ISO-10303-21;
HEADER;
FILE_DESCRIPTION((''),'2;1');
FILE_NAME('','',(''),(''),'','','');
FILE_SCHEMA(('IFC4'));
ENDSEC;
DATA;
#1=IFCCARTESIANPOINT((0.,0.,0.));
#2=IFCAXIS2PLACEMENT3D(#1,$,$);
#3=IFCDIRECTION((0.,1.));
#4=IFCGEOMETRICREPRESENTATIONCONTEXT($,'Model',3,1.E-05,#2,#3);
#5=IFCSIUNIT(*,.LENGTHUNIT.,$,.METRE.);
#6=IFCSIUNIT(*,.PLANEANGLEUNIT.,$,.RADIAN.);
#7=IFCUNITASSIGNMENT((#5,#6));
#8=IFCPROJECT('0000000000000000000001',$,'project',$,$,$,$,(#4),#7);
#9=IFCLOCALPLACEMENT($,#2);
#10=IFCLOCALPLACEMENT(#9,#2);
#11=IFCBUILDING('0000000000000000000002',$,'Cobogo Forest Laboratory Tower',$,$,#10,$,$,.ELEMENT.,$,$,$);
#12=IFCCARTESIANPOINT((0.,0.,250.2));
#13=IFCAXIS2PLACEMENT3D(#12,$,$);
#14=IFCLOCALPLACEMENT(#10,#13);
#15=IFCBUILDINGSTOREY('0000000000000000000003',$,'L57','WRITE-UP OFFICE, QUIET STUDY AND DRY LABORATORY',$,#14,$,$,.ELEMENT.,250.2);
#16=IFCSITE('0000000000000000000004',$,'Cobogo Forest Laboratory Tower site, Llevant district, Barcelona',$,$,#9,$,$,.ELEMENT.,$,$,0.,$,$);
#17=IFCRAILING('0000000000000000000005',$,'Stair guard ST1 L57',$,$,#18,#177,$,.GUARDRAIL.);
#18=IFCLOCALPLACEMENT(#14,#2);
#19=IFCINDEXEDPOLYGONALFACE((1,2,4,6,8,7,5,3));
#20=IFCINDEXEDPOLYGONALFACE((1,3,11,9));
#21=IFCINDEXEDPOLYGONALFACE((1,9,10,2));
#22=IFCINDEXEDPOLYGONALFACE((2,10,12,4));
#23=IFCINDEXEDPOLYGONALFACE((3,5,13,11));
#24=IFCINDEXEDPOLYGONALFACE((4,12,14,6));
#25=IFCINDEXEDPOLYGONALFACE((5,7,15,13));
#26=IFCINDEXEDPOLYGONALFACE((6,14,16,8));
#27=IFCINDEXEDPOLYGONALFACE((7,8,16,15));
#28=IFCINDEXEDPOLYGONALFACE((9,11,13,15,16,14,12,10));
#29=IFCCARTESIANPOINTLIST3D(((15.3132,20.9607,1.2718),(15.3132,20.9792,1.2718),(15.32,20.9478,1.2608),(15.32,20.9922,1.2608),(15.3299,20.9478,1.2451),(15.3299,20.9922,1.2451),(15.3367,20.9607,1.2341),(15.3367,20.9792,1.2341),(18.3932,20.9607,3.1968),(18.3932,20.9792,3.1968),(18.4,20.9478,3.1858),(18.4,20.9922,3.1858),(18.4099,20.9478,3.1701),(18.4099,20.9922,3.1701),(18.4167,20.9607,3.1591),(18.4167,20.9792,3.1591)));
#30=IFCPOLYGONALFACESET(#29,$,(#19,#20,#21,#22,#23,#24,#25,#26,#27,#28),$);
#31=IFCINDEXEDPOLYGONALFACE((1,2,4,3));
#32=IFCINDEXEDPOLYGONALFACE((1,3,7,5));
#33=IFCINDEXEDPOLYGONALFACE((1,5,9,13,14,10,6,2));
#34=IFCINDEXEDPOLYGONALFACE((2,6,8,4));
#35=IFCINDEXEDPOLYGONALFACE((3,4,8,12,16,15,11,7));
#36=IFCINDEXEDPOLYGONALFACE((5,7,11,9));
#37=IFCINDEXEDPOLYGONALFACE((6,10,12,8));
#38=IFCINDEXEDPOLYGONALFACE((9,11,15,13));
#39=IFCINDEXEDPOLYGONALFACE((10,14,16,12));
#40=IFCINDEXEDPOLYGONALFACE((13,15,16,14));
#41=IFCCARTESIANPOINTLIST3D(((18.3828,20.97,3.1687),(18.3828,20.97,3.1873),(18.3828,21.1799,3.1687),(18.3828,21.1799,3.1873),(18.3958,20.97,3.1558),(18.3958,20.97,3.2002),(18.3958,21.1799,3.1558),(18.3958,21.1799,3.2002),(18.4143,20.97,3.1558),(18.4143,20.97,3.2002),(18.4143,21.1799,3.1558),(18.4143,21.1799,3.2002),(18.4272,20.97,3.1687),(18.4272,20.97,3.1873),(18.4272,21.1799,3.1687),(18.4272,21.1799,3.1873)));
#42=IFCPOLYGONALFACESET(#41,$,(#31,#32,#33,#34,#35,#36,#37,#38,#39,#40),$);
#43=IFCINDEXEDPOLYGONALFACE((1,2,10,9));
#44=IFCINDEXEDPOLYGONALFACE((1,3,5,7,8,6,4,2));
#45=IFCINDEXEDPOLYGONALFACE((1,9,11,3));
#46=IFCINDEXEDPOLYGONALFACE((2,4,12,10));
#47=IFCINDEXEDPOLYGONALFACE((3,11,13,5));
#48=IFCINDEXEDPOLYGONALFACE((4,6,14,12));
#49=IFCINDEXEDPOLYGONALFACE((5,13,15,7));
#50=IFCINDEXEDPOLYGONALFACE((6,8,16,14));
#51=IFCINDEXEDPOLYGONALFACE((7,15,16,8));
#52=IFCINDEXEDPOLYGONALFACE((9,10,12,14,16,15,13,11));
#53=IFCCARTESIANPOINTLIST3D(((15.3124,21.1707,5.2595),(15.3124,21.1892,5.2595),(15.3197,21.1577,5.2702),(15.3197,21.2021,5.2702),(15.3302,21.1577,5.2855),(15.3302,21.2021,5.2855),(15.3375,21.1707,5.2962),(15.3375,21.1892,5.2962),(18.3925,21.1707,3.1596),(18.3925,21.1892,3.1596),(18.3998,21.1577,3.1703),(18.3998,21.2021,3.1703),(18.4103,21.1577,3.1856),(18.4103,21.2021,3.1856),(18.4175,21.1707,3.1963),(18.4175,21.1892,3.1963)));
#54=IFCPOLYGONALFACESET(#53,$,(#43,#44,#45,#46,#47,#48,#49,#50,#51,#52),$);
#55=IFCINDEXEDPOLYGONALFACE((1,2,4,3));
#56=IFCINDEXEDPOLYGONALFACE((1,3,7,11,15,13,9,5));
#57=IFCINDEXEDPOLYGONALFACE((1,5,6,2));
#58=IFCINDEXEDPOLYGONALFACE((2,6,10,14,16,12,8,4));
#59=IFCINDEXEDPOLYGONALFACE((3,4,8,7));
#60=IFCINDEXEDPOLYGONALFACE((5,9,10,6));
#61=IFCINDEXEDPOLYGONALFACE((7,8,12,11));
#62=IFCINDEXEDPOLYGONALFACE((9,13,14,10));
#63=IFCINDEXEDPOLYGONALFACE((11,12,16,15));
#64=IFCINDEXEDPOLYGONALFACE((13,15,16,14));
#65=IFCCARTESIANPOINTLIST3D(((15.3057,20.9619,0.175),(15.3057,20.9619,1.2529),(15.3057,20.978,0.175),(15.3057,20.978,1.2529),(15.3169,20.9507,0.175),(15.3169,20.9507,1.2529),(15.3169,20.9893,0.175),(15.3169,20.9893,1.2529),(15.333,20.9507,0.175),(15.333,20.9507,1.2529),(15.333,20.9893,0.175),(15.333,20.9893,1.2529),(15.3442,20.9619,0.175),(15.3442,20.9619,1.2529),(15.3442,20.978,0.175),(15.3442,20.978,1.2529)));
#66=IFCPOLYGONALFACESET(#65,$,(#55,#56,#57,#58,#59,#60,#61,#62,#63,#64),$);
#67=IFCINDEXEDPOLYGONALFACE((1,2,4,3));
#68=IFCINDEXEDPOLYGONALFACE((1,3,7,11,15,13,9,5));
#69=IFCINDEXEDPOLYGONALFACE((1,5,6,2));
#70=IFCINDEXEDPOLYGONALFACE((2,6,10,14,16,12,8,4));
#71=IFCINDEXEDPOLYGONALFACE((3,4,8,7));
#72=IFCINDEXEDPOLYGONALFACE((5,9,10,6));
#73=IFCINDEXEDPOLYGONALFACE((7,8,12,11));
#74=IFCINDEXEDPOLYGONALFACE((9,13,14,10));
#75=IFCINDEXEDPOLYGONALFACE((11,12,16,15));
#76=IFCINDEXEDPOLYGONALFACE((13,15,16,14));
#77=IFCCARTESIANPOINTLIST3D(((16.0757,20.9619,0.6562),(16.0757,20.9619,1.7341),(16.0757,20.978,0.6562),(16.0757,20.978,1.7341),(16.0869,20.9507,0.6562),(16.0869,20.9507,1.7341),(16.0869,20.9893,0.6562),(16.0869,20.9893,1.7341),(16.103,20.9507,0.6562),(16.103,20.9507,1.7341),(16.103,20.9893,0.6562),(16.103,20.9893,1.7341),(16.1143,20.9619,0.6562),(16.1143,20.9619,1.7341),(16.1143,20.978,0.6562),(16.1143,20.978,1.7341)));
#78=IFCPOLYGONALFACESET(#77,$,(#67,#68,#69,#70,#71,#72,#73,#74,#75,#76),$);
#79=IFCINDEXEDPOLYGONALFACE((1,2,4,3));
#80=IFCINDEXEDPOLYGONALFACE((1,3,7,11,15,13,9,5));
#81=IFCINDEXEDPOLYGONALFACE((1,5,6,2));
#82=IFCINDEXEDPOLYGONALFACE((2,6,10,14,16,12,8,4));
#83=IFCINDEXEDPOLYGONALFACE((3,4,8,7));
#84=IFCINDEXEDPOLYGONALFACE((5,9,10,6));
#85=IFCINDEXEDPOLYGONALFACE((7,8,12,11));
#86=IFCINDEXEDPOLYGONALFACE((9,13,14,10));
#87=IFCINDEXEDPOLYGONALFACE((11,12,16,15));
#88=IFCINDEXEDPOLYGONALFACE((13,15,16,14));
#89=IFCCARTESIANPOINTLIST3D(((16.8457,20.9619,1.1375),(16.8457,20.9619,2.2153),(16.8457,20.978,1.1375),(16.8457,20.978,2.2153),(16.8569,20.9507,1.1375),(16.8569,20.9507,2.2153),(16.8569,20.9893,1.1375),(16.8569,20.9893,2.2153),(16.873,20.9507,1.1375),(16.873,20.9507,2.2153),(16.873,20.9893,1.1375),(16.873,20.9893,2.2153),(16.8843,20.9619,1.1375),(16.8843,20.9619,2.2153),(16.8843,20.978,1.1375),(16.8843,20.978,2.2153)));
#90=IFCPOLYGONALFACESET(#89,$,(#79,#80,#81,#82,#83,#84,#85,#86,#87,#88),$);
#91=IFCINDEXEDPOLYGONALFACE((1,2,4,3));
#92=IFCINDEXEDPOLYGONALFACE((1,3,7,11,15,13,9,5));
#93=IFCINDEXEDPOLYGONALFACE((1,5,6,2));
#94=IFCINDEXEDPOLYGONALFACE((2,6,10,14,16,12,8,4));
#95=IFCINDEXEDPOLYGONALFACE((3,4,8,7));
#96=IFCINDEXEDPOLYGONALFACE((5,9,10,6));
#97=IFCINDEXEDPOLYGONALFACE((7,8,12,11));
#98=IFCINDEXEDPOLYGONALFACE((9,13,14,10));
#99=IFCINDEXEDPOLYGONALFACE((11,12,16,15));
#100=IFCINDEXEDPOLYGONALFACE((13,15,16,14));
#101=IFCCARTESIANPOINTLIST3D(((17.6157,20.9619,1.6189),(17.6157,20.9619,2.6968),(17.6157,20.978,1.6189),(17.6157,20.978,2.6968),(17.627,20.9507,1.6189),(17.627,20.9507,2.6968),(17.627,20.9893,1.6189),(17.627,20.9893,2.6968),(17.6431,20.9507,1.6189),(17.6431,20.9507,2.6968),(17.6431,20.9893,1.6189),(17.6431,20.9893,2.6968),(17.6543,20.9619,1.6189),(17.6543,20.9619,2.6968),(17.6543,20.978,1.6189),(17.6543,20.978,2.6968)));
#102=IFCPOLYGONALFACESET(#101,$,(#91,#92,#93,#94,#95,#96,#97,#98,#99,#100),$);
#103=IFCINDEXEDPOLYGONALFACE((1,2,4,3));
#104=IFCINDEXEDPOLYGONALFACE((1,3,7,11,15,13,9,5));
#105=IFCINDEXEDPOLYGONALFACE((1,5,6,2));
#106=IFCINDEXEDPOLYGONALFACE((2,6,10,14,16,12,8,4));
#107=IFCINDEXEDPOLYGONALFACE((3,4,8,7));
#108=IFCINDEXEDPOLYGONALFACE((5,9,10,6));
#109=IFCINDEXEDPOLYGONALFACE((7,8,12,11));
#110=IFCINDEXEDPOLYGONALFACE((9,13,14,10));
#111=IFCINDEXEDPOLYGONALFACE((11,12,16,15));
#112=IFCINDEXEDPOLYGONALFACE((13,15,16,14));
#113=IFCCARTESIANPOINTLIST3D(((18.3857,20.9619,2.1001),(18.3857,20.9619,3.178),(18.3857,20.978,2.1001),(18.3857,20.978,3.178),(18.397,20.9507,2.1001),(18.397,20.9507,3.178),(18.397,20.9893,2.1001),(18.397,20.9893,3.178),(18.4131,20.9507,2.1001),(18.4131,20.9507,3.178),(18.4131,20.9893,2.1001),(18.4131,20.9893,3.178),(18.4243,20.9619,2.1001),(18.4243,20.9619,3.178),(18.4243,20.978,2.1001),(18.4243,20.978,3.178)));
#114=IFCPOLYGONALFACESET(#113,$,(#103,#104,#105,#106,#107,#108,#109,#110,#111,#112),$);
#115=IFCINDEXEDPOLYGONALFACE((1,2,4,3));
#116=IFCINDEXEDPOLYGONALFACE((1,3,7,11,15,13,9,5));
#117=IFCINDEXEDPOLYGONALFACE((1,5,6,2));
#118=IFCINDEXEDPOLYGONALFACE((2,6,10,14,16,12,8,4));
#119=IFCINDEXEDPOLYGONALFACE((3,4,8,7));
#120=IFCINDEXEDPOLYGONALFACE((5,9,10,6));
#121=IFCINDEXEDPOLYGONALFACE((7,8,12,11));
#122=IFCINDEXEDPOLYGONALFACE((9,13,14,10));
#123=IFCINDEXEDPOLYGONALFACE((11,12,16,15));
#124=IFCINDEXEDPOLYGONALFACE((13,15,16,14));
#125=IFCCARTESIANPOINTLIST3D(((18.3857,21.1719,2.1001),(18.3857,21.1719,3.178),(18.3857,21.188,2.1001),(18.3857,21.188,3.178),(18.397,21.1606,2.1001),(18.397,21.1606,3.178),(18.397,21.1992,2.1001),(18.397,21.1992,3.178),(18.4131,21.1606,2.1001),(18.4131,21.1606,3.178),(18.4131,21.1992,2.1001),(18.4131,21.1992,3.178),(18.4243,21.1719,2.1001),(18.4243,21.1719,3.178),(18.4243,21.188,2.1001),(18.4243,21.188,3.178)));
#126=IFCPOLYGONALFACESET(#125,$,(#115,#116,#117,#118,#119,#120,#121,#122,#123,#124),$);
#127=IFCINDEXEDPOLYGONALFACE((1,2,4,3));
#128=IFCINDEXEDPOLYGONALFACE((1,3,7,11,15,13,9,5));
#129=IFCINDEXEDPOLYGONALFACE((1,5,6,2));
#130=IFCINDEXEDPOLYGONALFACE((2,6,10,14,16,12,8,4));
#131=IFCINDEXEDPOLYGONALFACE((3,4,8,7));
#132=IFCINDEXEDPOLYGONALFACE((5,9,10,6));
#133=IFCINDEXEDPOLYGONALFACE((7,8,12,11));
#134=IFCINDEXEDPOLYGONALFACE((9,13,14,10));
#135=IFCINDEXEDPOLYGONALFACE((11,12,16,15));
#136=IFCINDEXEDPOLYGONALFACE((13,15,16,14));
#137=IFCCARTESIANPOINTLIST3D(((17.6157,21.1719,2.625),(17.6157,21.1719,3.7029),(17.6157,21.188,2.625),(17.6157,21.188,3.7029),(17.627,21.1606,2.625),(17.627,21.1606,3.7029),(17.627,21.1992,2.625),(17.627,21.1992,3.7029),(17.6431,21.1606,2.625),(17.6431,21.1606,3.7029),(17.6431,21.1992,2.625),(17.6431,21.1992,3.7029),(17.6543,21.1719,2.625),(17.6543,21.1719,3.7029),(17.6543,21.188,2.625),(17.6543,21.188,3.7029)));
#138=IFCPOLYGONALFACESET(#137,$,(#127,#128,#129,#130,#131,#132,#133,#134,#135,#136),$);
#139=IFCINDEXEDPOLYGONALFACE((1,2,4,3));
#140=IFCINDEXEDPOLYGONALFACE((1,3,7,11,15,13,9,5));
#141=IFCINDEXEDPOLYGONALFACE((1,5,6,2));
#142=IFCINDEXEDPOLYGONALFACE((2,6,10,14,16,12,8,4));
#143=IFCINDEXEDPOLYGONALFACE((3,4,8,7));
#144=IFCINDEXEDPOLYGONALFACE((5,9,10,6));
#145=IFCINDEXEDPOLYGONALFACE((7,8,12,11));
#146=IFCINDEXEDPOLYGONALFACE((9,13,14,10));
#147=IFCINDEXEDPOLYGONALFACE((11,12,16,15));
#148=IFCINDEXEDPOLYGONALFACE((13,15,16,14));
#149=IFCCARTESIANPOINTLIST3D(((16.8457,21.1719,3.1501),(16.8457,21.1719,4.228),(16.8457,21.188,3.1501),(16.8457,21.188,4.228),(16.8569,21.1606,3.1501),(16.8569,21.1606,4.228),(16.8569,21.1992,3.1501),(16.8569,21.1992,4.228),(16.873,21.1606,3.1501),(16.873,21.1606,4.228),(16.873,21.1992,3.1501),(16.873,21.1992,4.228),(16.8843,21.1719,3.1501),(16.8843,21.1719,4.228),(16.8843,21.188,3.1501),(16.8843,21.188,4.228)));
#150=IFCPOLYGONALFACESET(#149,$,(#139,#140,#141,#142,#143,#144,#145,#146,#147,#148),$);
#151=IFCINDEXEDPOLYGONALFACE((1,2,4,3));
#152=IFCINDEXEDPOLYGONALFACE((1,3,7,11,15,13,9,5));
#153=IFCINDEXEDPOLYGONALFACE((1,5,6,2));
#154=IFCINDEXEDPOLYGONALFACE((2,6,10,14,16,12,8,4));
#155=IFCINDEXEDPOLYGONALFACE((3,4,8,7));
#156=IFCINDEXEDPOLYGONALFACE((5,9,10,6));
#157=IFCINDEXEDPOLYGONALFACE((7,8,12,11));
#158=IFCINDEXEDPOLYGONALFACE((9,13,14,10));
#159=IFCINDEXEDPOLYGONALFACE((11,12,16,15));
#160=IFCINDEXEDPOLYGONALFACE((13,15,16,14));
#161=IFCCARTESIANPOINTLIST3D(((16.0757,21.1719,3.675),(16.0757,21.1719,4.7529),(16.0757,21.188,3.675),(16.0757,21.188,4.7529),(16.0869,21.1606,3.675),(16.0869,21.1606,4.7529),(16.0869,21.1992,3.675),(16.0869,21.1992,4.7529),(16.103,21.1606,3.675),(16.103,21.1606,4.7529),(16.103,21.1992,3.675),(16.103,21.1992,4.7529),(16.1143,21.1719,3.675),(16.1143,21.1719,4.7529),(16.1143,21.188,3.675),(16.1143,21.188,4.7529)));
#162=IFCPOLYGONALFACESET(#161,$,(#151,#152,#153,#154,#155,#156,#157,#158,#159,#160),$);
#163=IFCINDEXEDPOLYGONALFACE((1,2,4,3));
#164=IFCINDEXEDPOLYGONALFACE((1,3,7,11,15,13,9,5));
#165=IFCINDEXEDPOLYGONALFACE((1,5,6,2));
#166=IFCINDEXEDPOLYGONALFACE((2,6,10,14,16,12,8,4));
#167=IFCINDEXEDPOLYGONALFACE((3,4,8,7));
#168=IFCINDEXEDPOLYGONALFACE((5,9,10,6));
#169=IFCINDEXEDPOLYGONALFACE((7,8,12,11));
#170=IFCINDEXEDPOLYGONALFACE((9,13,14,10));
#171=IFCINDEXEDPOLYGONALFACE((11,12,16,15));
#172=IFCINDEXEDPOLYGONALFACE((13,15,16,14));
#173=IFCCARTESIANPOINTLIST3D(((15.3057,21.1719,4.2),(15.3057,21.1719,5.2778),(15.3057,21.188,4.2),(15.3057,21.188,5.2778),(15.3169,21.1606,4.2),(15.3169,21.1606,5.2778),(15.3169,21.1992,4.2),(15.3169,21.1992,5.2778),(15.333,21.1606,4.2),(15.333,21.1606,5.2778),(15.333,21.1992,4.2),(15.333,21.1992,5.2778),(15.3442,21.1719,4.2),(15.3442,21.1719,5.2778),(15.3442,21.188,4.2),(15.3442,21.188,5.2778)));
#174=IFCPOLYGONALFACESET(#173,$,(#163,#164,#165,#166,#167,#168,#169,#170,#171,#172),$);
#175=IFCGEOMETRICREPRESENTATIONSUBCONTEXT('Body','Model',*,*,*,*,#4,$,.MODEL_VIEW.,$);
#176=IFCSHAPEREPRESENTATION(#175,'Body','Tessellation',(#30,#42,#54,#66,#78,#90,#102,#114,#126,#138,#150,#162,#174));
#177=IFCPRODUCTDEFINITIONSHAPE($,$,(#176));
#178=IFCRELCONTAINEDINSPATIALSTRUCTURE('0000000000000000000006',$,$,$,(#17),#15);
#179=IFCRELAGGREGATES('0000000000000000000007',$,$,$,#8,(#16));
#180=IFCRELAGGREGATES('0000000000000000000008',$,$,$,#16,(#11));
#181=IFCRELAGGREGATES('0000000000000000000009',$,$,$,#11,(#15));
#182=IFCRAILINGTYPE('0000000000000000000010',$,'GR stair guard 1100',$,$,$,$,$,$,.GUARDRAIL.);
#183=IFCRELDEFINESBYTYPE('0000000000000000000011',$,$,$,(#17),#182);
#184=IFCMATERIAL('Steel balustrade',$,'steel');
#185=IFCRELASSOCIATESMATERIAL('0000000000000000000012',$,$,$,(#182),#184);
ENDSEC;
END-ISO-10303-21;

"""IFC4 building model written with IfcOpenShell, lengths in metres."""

from ifc_helpers import new_model, si_unit, direction, frame, origin, place, context, subcontext, project, spatial, polyline, outline, extrude, material, type_object, element, save


model = new_model("IFC4")

# Units and contexts
model_context = context("Model", 3, precision=1e-05, world=origin(), true_north=direction((0.0, 1.0)))
body_context = subcontext(model_context, "Body", "Model", "MODEL_VIEW")
ifc_project = project(units=[si_unit("LENGTHUNIT", "METRE"), si_unit("PLANEANGLEUNIT", "RADIAN")], contexts=[model_context])

# Site, building, storey
site_placement = place(None, origin())
site = spatial("IfcSite", under=ifc_project, at=site_placement, Name="Cobogo Forest Laboratory Tower site, Llevant district, Barcelona", CompositionType="ELEMENT", RefElevation=0.0)
building_placement = place(site_placement, origin())
building = spatial("IfcBuilding", under=site, at=building_placement, Name="Cobogo Forest Laboratory Tower", CompositionType="ELEMENT")
storey_placement = place(building_placement, frame((0.0, 0.0, 250.2)))
storey = spatial("IfcBuildingStorey", under=building, at=storey_placement, Name="L57", Description="WRITE-UP OFFICE, QUIET STUDY AND DRY LABORATORY", CompositionType="ELEMENT", Elevation=250.2)

# Railing
ifc_material_1 = material(Name="Steel balustrade", Category="steel")
railing_type_1 = type_object("IfcRailingType", Name="GR stair guard 1100", PredefinedType="GUARDRAIL", material=ifc_material_1)
railing_1_placement = place(storey_placement, frame((15.325, 20.97, 0.175)))
element("IfcRailing", 1, at=railing_1_placement, inside=storey, type_object=railing_type_1, Name="Stair guard ST1 L57", PredefinedType="GUARDRAIL", context=body_context, shape_type="SweptSolid", body=[
    extrude(outline(polyline([(0.0222, 0.0093), (0.0093, 0.0222), (-0.0093, 0.0222), (-0.0222, 0.0093), (-0.0222, -0.0093), (-0.0093, -0.0222), (0.0093, -0.0222), (0.0222, -0.0093), (0.0222, 0.0093)])), frame((0.0, 0.0, 1.0779), z_axis=(0.847998, 0.0, 0.529999), x_axis=(0.0, 1.0, 0.0)), (0.0, 0.0, 1.0), 3.6321),
    extrude(outline(polyline([(0.0222, 0.0093), (0.0093, 0.0222), (-0.0093, 0.0222), (-0.0222, 0.0093), (-0.0222, -0.0093), (-0.0093, -0.0222), (0.0093, -0.0222), (0.0222, -0.0093), (0.0222, 0.0093)])), frame((3.0801, 0.0, 3.0029), z_axis=(0.0, 1.0, 0.0), x_axis=(-1.0, 0.0, 0.0)), (0.0, 0.0, 1.0), 0.21),
    extrude(outline(polyline([(0.0222, 0.0093), (0.0093, 0.0222), (-0.0093, 0.0222), (-0.0222, 0.0093), (-0.0222, -0.0093), (-0.0093, -0.0222), (0.0093, -0.0222), (0.0222, -0.0093), (0.0222, 0.0093)])), frame((3.0801, 0.21, 3.0029), z_axis=(-0.826252, 0.0, 0.5633), x_axis=(0.0, -1.0, 0.0)), (0.0, 0.0, 1.0), 3.7278),
    extrude(outline(polyline([(0.0193, 0.0081), (0.0081, 0.0193), (-0.0081, 0.0193), (-0.0193, 0.0081), (-0.0193, -0.0081), (-0.0081, -0.0193), (0.0081, -0.0193), (0.0193, -0.0081), (0.0193, 0.0081)])), origin(), (0.0, 0.0, 1.0), 1.0779),
    extrude(outline(polyline([(0.0193, 0.0081), (0.0081, 0.0193), (-0.0081, 0.0193), (-0.0193, 0.0081), (-0.0193, -0.0081), (-0.0081, -0.0193), (0.0081, -0.0193), (0.0193, -0.0081), (0.0193, 0.0081)])), frame((0.77, 0.0, 0.4812)), (0.0, 0.0, 1.0), 1.0779),
    extrude(outline(polyline([(0.0193, 0.0081), (0.0081, 0.0193), (-0.0081, 0.0193), (-0.0193, 0.0081), (-0.0193, -0.0081), (-0.0081, -0.0193), (0.0081, -0.0193), (0.0193, -0.0081), (0.0193, 0.0081)])), frame((1.54, 0.0, 0.9624)), (0.0, 0.0, 1.0), 1.0779),
    extrude(outline(polyline([(0.0193, 0.0081), (0.0081, 0.0193), (-0.0081, 0.0193), (-0.0193, 0.0081), (-0.0193, -0.0081), (-0.0081, -0.0193), (0.0081, -0.0193), (0.0193, -0.0081), (0.0193, 0.0081)])), frame((2.3101, 0.0, 1.4438)), (0.0, 0.0, 1.0), 1.0779),
    extrude(outline(polyline([(0.0193, 0.0081), (0.0081, 0.0193), (-0.0081, 0.0193), (-0.0193, 0.0081), (-0.0193, -0.0081), (-0.0081, -0.0193), (0.0081, -0.0193), (0.0193, -0.0081), (0.0193, 0.0081)])), frame((3.0801, 0.0, 1.925)), (0.0, 0.0, 1.0), 1.0779),
    extrude(outline(polyline([(0.0193, 0.0081), (0.0081, 0.0193), (-0.0081, 0.0193), (-0.0193, 0.0081), (-0.0193, -0.0081), (-0.0081, -0.0193), (0.0081, -0.0193), (0.0193, -0.0081), (0.0193, 0.0081)])), frame((3.0801, 0.21, 1.925)), (0.0, 0.0, 1.0), 1.0779),
    extrude(outline(polyline([(0.0193, 0.0081), (0.0081, 0.0193), (-0.0081, 0.0193), (-0.0193, 0.0081), (-0.0193, -0.0081), (-0.0081, -0.0193), (0.0081, -0.0193), (0.0193, -0.0081), (0.0193, 0.0081)])), frame((2.3101, 0.21, 2.45)), (0.0, 0.0, 1.0), 1.0779),
    extrude(outline(polyline([(0.0193, 0.0081), (0.0081, 0.0193), (-0.0081, 0.0193), (-0.0193, 0.0081), (-0.0193, -0.0081), (-0.0081, -0.0193), (0.0081, -0.0193), (0.0193, -0.0081), (0.0193, 0.0081)])), frame((1.54, 0.21, 2.9751)), (0.0, 0.0, 1.0), 1.0779),
    extrude(outline(polyline([(0.0193, 0.0081), (0.0081, 0.0193), (-0.0081, 0.0193), (-0.0193, 0.0081), (-0.0193, -0.0081), (-0.0081, -0.0193), (0.0081, -0.0193), (0.0193, -0.0081), (0.0193, 0.0081)])), frame((0.77, 0.21, 3.5)), (0.0, 0.0, 1.0), 1.0779),
    extrude(outline(polyline([(0.0193, 0.0081), (0.0081, 0.0193), (-0.0081, 0.0193), (-0.0193, 0.0081), (-0.0193, -0.0081), (-0.0081, -0.0193), (0.0081, -0.0193), (0.0193, -0.0081), (0.0193, 0.0081)])), frame((0.0, 0.21, 4.0249)), (0.0, 0.0, 1.0), 1.0779),
])

save(model, "model.ifc")
